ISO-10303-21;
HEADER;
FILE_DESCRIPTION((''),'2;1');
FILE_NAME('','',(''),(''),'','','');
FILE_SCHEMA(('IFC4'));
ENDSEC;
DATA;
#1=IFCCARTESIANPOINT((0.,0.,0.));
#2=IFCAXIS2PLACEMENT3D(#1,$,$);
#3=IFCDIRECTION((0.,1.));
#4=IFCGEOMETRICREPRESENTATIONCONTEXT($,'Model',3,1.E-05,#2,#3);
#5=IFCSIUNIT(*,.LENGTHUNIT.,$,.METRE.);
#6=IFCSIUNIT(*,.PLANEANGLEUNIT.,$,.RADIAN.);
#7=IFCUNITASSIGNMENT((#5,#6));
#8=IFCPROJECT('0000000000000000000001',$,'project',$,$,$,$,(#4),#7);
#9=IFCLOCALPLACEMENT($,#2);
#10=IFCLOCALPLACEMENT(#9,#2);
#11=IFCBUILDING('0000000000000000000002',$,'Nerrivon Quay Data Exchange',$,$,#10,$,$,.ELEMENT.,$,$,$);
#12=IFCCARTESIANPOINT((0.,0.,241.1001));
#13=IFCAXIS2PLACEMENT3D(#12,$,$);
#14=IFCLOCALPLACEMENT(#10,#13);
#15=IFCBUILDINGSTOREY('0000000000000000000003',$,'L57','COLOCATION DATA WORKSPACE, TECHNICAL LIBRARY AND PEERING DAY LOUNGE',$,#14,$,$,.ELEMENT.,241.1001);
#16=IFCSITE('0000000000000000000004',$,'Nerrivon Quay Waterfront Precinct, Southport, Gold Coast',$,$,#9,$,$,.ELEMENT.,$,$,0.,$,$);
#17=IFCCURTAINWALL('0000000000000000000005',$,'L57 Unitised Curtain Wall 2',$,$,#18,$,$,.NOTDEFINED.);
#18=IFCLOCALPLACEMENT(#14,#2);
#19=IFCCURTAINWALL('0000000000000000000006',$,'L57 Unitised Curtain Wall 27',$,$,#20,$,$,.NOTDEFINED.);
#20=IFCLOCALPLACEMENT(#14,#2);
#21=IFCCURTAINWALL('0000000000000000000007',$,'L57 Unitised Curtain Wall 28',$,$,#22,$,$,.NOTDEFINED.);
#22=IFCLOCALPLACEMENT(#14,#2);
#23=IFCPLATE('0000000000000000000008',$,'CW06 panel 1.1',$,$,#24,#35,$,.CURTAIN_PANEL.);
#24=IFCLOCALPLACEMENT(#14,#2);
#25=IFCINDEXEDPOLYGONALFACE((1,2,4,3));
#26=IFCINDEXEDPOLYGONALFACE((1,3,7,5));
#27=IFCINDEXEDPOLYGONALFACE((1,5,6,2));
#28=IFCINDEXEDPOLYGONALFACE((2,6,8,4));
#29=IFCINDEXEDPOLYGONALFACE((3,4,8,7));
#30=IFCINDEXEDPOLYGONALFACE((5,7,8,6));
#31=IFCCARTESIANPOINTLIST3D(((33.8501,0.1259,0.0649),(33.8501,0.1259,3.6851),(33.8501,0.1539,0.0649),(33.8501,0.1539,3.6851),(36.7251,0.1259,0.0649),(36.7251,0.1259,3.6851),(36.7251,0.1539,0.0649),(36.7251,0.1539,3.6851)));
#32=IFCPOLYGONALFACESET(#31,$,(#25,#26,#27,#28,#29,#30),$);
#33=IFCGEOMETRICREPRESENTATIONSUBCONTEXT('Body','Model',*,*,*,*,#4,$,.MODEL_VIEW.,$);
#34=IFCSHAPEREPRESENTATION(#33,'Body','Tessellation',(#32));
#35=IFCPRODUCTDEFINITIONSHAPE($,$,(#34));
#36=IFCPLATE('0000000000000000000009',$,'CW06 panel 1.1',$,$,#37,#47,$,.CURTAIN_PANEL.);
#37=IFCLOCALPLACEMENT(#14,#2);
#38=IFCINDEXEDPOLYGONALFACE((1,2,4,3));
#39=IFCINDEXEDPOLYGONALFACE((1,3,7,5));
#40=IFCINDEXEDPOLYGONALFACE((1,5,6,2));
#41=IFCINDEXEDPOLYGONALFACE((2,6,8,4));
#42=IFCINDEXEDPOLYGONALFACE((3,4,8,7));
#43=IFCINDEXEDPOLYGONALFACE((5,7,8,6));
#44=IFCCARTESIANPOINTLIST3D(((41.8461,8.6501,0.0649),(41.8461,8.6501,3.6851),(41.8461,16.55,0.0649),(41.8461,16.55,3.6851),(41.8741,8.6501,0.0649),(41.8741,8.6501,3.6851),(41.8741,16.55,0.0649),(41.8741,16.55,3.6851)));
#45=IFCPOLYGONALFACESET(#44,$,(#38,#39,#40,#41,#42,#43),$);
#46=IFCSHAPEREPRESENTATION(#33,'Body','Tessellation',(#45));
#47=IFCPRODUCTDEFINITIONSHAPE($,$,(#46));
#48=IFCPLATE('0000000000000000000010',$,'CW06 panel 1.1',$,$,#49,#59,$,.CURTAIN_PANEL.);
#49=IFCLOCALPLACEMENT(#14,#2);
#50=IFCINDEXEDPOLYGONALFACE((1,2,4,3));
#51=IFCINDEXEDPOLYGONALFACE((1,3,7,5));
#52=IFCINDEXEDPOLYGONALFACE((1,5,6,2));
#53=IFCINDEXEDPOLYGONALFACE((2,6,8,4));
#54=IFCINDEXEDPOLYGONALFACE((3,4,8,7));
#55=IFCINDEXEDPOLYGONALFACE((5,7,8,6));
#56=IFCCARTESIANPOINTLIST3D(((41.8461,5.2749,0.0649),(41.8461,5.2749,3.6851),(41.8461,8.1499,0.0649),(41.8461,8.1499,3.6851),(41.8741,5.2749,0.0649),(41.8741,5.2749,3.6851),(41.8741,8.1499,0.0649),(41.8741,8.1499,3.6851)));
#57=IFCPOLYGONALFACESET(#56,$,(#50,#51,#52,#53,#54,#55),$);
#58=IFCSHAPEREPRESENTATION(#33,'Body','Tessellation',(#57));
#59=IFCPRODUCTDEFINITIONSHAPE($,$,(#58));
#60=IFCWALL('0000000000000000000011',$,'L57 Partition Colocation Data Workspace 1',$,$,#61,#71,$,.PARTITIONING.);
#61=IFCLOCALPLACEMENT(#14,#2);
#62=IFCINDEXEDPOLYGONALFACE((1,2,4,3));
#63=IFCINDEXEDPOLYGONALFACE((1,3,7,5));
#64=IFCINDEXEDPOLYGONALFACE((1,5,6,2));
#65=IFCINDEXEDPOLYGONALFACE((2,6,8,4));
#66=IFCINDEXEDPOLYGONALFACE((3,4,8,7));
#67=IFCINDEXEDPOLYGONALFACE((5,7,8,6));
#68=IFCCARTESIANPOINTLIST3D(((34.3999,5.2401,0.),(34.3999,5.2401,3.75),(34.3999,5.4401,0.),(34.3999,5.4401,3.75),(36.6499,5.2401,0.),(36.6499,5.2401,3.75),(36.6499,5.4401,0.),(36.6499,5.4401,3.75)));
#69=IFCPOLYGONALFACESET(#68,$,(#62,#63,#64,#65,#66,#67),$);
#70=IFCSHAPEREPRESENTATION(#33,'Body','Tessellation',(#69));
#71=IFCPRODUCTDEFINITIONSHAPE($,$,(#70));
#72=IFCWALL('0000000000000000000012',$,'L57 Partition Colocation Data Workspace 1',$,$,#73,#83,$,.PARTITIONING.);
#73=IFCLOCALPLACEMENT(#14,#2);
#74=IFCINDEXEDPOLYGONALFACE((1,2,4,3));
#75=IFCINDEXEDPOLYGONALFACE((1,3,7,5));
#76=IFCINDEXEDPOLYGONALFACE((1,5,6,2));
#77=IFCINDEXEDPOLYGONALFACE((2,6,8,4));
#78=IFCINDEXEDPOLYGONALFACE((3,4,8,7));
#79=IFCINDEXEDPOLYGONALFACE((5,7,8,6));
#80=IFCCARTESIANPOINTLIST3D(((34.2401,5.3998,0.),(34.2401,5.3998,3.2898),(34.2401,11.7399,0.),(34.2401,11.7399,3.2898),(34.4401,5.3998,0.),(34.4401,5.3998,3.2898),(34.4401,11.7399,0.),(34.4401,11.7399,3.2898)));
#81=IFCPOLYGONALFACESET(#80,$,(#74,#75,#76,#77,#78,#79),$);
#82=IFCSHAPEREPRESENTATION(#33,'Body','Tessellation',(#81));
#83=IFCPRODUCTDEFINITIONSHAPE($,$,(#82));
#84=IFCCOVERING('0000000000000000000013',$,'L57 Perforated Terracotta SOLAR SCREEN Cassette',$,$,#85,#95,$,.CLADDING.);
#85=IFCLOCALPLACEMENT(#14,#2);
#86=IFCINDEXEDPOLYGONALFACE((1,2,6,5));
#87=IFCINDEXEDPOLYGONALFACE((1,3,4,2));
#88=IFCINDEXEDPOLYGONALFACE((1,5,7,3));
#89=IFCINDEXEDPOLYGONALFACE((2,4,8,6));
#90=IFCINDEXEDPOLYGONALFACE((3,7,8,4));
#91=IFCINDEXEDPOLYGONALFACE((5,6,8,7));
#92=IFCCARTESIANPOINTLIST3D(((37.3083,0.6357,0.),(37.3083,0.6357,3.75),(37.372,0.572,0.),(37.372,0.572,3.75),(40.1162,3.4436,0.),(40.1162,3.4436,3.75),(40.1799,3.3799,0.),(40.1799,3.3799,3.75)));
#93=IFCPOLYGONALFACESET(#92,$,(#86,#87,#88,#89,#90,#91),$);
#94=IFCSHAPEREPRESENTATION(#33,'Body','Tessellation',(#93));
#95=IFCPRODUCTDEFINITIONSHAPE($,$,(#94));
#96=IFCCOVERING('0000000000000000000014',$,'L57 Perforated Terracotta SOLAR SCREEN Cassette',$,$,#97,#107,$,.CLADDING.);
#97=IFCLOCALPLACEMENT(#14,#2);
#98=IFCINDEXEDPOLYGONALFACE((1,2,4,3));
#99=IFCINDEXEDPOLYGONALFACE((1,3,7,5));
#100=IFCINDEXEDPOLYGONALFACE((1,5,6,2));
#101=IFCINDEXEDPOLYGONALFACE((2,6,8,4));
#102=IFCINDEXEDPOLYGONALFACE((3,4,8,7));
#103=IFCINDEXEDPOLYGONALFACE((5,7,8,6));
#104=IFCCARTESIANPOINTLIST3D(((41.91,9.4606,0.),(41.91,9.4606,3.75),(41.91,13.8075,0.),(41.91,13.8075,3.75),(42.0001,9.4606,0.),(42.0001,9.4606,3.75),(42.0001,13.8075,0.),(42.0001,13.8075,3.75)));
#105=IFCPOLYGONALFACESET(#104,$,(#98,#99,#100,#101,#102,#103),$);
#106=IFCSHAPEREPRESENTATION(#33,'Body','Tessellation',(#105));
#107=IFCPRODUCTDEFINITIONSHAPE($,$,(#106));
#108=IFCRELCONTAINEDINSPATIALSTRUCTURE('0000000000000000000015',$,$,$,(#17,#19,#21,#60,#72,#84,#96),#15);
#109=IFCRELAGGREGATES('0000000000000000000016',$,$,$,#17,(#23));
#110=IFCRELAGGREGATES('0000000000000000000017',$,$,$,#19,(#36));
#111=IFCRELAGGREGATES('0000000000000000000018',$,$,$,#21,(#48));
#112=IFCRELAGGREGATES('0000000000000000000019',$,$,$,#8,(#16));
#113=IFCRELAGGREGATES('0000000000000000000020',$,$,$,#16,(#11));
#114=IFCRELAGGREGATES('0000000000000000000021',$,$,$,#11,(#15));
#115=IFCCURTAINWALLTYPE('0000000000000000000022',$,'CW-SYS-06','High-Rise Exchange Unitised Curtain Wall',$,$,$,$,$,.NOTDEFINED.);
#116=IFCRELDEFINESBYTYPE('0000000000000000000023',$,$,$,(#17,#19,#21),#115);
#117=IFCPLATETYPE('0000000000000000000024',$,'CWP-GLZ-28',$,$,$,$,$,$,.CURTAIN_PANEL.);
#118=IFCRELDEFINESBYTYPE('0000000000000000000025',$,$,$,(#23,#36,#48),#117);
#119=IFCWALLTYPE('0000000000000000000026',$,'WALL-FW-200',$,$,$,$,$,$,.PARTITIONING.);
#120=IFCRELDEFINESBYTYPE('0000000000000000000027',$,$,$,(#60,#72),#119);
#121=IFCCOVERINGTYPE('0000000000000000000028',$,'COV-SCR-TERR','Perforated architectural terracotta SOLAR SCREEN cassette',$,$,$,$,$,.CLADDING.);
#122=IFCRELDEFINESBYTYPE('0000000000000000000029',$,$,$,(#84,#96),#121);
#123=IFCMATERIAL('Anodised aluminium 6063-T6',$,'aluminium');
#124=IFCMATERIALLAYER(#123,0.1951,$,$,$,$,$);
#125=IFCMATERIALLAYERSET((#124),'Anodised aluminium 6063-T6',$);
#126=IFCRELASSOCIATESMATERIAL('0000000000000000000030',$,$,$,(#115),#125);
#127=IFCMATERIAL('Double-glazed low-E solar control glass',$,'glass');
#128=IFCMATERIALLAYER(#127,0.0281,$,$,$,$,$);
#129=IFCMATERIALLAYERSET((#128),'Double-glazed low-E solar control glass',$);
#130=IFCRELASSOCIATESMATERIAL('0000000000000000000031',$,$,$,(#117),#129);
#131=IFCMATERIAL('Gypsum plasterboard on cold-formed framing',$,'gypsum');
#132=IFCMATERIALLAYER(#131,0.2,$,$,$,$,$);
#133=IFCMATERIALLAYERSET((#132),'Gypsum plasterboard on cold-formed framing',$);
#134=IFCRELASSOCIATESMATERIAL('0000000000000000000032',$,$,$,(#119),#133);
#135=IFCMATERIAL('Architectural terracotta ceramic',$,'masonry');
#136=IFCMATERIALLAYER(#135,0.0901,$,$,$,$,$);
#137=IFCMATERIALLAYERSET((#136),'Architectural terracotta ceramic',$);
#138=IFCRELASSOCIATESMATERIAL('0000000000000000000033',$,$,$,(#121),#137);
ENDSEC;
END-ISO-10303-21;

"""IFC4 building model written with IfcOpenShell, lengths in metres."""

from ifc_helpers import new_model, si_unit, direction, frame, frame_2d, origin, origin_2d, place, context, subcontext, project, spatial, rectangle, extrude, material, layer, layer_set, type_object, element, aggregate, save


model = new_model("IFC4")

# Units and contexts
model_context = context("Model", 3, precision=1e-05, world=origin(), true_north=direction((0.0, 1.0)))
body_context = subcontext(model_context, "Body", "Model", "MODEL_VIEW")
ifc_project = project(units=[si_unit("LENGTHUNIT", "METRE"), si_unit("PLANEANGLEUNIT", "RADIAN")], contexts=[model_context])

# Site, building, storey
site_placement = place(None, origin())
site = spatial("IfcSite", under=ifc_project, at=site_placement, Name="Nerrivon Quay Waterfront Precinct, Southport, Gold Coast", CompositionType="ELEMENT", RefElevation=0.0)
building_placement = place(site_placement, origin())
building = spatial("IfcBuilding", under=site, at=building_placement, Name="Nerrivon Quay Data Exchange", CompositionType="ELEMENT")
storey_placement = place(building_placement, frame((0.0, 0.0, 241.1001)))
storey = spatial("IfcBuildingStorey", under=building, at=storey_placement, Name="L57", Description="COLOCATION DATA WORKSPACE, TECHNICAL LIBRARY AND PEERING DAY LOUNGE", CompositionType="ELEMENT", Elevation=241.1001)

# Shared definitions
ifc_material_1 = material(Name="Anodised aluminium 6063-T6", Category="aluminium")
ifc_layer_1 = layer(ifc_material_1, 0.1951)
ifc_layer_set_1 = layer_set([ifc_layer_1], Name="Anodised aluminium 6063-T6")
curtain_wall_type = type_object("IfcCurtainWallType", Name="CW-SYS-06", Description="High-Rise Exchange Unitised Curtain Wall", PredefinedType="NOTDEFINED", material=ifc_layer_set_1)

# Curtain walls
curtain_wall_1_placement = place(storey_placement, origin())
curtain_wall_1 = element("IfcCurtainWall", 1, at=curtain_wall_1_placement, inside=storey, type_object=curtain_wall_type, Name="L57 Unitised Curtain Wall 2", PredefinedType="NOTDEFINED")
curtain_wall_2_placement = place(storey_placement, origin())
curtain_wall_2 = element("IfcCurtainWall", 2, at=curtain_wall_2_placement, inside=storey, type_object=curtain_wall_type, Name="L57 Unitised Curtain Wall 27", PredefinedType="NOTDEFINED")

# Curtain wall
curtain_wall_3_placement = place(storey_placement, origin())
curtain_wall_3 = element("IfcCurtainWall", 3, at=curtain_wall_3_placement, inside=storey, type_object=curtain_wall_type, Name="L57 Unitised Curtain Wall 28", PredefinedType="NOTDEFINED")

# Plates
ifc_material_2 = material(Name="Double-glazed low-E solar control glass", Category="glass")
ifc_layer_2 = layer(ifc_material_2, 0.0281)
ifc_layer_set_2 = layer_set([ifc_layer_2], Name="Double-glazed low-E solar control glass")
plate_type = type_object("IfcPlateType", Name="CWP-GLZ-28", PredefinedType="CURTAIN_PANEL", material=ifc_layer_set_2)
plate_1_placement = place(storey_placement, frame((35.2876, 0.1399, 0.0649), z_axis=(0.0, 0.0, 1.0), x_axis=(-1.0, 0.0, 0.0)))
plate_1 = element("IfcPlate", 4, at=plate_1_placement, type_object=plate_type, Name="CW06 panel 1.1", PredefinedType="CURTAIN_PANEL", context=body_context, shape_type="SweptSolid", body=[
    extrude(rectangle(XDim=2.875, YDim=0.0281, at=origin_2d()), origin(), (0.0, 0.0, 1.0), 3.6201),
])
aggregate(curtain_wall_1, [plate_1])
plate_2_placement = place(storey_placement, frame((41.8601, 12.6001, 0.0649), z_axis=(0.0, 0.0, 1.0), x_axis=(0.0, -1.0, 0.0)))
plate_2 = element("IfcPlate", 5, at=plate_2_placement, type_object=plate_type, Name="CW06 panel 1.1", PredefinedType="CURTAIN_PANEL", context=body_context, shape_type="SweptSolid", body=[
    extrude(rectangle(XDim=7.8999, YDim=0.0281, at=origin_2d()), origin(), (0.0, 0.0, 1.0), 3.6201),
])
aggregate(curtain_wall_2, [plate_2])
plate_3_placement = place(storey_placement, frame((41.8601, 6.7124, 0.0649), z_axis=(0.0, 0.0, 1.0), x_axis=(0.0, -1.0, 0.0)))
plate_3 = element("IfcPlate", 6, at=plate_3_placement, type_object=plate_type, Name="CW06 panel 1.1", PredefinedType="CURTAIN_PANEL", context=body_context, shape_type="SweptSolid", body=[
    extrude(rectangle(XDim=2.875, YDim=0.0281, at=origin_2d()), origin(), (0.0, 0.0, 1.0), 3.6201),
])
aggregate(curtain_wall_3, [plate_3])

# Walls
ifc_material_3 = material(Name="Gypsum plasterboard on cold-formed framing", Category="gypsum")
ifc_layer_3 = layer(ifc_material_3, 0.2)
ifc_layer_set_3 = layer_set([ifc_layer_3], Name="Gypsum plasterboard on cold-formed framing")
wall_type = type_object("IfcWallType", Name="WALL-FW-200", PredefinedType="PARTITIONING", material=ifc_layer_set_3)
wall_1_placement = place(storey_placement, frame((36.6499, 5.3401, 0.0), z_axis=(0.0, 0.0, 1.0), x_axis=(-1.0, 0.0, 0.0)))
element("IfcWall", 7, at=wall_1_placement, inside=storey, type_object=wall_type, Name="L57 Partition Colocation Data Workspace 1", PredefinedType="PARTITIONING", context=body_context, shape_type="SweptSolid", body=[
    extrude(rectangle(XDim=2.25, YDim=0.2, at=frame_2d((1.125, 0.0))), origin(), (0.0, 0.0, 1.0), 3.75),
])
wall_2_placement = place(storey_placement, frame((34.3401, 5.3999, 0.0), z_axis=(0.0, 0.0, 1.0), x_axis=(0.0, 1.0, 0.0)))
element("IfcWall", 8, at=wall_2_placement, inside=storey, type_object=wall_type, Name="L57 Partition Colocation Data Workspace 1", PredefinedType="PARTITIONING", context=body_context, shape_type="SweptSolid", body=[
    extrude(rectangle(XDim=6.3401, YDim=0.2, at=frame_2d((3.1699, 0.0))), origin(), (0.0, 0.0, 1.0), 3.2898),
])

# Coverings
ifc_material_4 = material(Name="Architectural terracotta ceramic", Category="masonry")
ifc_layer_4 = layer(ifc_material_4, 0.0901)
ifc_layer_set_4 = layer_set([ifc_layer_4], Name="Architectural terracotta ceramic")
covering_type = type_object("IfcCoveringType", Name="COV-SCR-TERR", Description="Perforated architectural terracotta SOLAR SCREEN cassette", PredefinedType="CLADDING", material=ifc_layer_set_4)
covering_1_placement = place(storey_placement, frame((38.7441, 2.0078, 0.0), z_axis=(0.0, 0.0, 1.0), x_axis=(-0.707107, -0.707107, 0.0)))
element("IfcCovering", 9, at=covering_1_placement, inside=storey, type_object=covering_type, Name="L57 Perforated Terracotta SOLAR SCREEN Cassette", PredefinedType="CLADDING", context=body_context, shape_type="SweptSolid", body=[
    extrude(rectangle(XDim=3.9709, YDim=0.0901, at=origin_2d()), origin(), (0.0, 0.0, 1.0), 3.75),
])
covering_2_placement = place(storey_placement, frame((41.9551, 11.634, 0.0), z_axis=(0.0, 0.0, 1.0), x_axis=(0.0, -1.0, 0.0)))
element("IfcCovering", 10, at=covering_2_placement, inside=storey, type_object=covering_type, Name="L57 Perforated Terracotta SOLAR SCREEN Cassette", PredefinedType="CLADDING", context=body_context, shape_type="SweptSolid", body=[
    extrude(rectangle(XDim=4.3469, YDim=0.0901, at=origin_2d()), origin(), (0.0, 0.0, 1.0), 3.75),
])

save(model, "model.ifc")
